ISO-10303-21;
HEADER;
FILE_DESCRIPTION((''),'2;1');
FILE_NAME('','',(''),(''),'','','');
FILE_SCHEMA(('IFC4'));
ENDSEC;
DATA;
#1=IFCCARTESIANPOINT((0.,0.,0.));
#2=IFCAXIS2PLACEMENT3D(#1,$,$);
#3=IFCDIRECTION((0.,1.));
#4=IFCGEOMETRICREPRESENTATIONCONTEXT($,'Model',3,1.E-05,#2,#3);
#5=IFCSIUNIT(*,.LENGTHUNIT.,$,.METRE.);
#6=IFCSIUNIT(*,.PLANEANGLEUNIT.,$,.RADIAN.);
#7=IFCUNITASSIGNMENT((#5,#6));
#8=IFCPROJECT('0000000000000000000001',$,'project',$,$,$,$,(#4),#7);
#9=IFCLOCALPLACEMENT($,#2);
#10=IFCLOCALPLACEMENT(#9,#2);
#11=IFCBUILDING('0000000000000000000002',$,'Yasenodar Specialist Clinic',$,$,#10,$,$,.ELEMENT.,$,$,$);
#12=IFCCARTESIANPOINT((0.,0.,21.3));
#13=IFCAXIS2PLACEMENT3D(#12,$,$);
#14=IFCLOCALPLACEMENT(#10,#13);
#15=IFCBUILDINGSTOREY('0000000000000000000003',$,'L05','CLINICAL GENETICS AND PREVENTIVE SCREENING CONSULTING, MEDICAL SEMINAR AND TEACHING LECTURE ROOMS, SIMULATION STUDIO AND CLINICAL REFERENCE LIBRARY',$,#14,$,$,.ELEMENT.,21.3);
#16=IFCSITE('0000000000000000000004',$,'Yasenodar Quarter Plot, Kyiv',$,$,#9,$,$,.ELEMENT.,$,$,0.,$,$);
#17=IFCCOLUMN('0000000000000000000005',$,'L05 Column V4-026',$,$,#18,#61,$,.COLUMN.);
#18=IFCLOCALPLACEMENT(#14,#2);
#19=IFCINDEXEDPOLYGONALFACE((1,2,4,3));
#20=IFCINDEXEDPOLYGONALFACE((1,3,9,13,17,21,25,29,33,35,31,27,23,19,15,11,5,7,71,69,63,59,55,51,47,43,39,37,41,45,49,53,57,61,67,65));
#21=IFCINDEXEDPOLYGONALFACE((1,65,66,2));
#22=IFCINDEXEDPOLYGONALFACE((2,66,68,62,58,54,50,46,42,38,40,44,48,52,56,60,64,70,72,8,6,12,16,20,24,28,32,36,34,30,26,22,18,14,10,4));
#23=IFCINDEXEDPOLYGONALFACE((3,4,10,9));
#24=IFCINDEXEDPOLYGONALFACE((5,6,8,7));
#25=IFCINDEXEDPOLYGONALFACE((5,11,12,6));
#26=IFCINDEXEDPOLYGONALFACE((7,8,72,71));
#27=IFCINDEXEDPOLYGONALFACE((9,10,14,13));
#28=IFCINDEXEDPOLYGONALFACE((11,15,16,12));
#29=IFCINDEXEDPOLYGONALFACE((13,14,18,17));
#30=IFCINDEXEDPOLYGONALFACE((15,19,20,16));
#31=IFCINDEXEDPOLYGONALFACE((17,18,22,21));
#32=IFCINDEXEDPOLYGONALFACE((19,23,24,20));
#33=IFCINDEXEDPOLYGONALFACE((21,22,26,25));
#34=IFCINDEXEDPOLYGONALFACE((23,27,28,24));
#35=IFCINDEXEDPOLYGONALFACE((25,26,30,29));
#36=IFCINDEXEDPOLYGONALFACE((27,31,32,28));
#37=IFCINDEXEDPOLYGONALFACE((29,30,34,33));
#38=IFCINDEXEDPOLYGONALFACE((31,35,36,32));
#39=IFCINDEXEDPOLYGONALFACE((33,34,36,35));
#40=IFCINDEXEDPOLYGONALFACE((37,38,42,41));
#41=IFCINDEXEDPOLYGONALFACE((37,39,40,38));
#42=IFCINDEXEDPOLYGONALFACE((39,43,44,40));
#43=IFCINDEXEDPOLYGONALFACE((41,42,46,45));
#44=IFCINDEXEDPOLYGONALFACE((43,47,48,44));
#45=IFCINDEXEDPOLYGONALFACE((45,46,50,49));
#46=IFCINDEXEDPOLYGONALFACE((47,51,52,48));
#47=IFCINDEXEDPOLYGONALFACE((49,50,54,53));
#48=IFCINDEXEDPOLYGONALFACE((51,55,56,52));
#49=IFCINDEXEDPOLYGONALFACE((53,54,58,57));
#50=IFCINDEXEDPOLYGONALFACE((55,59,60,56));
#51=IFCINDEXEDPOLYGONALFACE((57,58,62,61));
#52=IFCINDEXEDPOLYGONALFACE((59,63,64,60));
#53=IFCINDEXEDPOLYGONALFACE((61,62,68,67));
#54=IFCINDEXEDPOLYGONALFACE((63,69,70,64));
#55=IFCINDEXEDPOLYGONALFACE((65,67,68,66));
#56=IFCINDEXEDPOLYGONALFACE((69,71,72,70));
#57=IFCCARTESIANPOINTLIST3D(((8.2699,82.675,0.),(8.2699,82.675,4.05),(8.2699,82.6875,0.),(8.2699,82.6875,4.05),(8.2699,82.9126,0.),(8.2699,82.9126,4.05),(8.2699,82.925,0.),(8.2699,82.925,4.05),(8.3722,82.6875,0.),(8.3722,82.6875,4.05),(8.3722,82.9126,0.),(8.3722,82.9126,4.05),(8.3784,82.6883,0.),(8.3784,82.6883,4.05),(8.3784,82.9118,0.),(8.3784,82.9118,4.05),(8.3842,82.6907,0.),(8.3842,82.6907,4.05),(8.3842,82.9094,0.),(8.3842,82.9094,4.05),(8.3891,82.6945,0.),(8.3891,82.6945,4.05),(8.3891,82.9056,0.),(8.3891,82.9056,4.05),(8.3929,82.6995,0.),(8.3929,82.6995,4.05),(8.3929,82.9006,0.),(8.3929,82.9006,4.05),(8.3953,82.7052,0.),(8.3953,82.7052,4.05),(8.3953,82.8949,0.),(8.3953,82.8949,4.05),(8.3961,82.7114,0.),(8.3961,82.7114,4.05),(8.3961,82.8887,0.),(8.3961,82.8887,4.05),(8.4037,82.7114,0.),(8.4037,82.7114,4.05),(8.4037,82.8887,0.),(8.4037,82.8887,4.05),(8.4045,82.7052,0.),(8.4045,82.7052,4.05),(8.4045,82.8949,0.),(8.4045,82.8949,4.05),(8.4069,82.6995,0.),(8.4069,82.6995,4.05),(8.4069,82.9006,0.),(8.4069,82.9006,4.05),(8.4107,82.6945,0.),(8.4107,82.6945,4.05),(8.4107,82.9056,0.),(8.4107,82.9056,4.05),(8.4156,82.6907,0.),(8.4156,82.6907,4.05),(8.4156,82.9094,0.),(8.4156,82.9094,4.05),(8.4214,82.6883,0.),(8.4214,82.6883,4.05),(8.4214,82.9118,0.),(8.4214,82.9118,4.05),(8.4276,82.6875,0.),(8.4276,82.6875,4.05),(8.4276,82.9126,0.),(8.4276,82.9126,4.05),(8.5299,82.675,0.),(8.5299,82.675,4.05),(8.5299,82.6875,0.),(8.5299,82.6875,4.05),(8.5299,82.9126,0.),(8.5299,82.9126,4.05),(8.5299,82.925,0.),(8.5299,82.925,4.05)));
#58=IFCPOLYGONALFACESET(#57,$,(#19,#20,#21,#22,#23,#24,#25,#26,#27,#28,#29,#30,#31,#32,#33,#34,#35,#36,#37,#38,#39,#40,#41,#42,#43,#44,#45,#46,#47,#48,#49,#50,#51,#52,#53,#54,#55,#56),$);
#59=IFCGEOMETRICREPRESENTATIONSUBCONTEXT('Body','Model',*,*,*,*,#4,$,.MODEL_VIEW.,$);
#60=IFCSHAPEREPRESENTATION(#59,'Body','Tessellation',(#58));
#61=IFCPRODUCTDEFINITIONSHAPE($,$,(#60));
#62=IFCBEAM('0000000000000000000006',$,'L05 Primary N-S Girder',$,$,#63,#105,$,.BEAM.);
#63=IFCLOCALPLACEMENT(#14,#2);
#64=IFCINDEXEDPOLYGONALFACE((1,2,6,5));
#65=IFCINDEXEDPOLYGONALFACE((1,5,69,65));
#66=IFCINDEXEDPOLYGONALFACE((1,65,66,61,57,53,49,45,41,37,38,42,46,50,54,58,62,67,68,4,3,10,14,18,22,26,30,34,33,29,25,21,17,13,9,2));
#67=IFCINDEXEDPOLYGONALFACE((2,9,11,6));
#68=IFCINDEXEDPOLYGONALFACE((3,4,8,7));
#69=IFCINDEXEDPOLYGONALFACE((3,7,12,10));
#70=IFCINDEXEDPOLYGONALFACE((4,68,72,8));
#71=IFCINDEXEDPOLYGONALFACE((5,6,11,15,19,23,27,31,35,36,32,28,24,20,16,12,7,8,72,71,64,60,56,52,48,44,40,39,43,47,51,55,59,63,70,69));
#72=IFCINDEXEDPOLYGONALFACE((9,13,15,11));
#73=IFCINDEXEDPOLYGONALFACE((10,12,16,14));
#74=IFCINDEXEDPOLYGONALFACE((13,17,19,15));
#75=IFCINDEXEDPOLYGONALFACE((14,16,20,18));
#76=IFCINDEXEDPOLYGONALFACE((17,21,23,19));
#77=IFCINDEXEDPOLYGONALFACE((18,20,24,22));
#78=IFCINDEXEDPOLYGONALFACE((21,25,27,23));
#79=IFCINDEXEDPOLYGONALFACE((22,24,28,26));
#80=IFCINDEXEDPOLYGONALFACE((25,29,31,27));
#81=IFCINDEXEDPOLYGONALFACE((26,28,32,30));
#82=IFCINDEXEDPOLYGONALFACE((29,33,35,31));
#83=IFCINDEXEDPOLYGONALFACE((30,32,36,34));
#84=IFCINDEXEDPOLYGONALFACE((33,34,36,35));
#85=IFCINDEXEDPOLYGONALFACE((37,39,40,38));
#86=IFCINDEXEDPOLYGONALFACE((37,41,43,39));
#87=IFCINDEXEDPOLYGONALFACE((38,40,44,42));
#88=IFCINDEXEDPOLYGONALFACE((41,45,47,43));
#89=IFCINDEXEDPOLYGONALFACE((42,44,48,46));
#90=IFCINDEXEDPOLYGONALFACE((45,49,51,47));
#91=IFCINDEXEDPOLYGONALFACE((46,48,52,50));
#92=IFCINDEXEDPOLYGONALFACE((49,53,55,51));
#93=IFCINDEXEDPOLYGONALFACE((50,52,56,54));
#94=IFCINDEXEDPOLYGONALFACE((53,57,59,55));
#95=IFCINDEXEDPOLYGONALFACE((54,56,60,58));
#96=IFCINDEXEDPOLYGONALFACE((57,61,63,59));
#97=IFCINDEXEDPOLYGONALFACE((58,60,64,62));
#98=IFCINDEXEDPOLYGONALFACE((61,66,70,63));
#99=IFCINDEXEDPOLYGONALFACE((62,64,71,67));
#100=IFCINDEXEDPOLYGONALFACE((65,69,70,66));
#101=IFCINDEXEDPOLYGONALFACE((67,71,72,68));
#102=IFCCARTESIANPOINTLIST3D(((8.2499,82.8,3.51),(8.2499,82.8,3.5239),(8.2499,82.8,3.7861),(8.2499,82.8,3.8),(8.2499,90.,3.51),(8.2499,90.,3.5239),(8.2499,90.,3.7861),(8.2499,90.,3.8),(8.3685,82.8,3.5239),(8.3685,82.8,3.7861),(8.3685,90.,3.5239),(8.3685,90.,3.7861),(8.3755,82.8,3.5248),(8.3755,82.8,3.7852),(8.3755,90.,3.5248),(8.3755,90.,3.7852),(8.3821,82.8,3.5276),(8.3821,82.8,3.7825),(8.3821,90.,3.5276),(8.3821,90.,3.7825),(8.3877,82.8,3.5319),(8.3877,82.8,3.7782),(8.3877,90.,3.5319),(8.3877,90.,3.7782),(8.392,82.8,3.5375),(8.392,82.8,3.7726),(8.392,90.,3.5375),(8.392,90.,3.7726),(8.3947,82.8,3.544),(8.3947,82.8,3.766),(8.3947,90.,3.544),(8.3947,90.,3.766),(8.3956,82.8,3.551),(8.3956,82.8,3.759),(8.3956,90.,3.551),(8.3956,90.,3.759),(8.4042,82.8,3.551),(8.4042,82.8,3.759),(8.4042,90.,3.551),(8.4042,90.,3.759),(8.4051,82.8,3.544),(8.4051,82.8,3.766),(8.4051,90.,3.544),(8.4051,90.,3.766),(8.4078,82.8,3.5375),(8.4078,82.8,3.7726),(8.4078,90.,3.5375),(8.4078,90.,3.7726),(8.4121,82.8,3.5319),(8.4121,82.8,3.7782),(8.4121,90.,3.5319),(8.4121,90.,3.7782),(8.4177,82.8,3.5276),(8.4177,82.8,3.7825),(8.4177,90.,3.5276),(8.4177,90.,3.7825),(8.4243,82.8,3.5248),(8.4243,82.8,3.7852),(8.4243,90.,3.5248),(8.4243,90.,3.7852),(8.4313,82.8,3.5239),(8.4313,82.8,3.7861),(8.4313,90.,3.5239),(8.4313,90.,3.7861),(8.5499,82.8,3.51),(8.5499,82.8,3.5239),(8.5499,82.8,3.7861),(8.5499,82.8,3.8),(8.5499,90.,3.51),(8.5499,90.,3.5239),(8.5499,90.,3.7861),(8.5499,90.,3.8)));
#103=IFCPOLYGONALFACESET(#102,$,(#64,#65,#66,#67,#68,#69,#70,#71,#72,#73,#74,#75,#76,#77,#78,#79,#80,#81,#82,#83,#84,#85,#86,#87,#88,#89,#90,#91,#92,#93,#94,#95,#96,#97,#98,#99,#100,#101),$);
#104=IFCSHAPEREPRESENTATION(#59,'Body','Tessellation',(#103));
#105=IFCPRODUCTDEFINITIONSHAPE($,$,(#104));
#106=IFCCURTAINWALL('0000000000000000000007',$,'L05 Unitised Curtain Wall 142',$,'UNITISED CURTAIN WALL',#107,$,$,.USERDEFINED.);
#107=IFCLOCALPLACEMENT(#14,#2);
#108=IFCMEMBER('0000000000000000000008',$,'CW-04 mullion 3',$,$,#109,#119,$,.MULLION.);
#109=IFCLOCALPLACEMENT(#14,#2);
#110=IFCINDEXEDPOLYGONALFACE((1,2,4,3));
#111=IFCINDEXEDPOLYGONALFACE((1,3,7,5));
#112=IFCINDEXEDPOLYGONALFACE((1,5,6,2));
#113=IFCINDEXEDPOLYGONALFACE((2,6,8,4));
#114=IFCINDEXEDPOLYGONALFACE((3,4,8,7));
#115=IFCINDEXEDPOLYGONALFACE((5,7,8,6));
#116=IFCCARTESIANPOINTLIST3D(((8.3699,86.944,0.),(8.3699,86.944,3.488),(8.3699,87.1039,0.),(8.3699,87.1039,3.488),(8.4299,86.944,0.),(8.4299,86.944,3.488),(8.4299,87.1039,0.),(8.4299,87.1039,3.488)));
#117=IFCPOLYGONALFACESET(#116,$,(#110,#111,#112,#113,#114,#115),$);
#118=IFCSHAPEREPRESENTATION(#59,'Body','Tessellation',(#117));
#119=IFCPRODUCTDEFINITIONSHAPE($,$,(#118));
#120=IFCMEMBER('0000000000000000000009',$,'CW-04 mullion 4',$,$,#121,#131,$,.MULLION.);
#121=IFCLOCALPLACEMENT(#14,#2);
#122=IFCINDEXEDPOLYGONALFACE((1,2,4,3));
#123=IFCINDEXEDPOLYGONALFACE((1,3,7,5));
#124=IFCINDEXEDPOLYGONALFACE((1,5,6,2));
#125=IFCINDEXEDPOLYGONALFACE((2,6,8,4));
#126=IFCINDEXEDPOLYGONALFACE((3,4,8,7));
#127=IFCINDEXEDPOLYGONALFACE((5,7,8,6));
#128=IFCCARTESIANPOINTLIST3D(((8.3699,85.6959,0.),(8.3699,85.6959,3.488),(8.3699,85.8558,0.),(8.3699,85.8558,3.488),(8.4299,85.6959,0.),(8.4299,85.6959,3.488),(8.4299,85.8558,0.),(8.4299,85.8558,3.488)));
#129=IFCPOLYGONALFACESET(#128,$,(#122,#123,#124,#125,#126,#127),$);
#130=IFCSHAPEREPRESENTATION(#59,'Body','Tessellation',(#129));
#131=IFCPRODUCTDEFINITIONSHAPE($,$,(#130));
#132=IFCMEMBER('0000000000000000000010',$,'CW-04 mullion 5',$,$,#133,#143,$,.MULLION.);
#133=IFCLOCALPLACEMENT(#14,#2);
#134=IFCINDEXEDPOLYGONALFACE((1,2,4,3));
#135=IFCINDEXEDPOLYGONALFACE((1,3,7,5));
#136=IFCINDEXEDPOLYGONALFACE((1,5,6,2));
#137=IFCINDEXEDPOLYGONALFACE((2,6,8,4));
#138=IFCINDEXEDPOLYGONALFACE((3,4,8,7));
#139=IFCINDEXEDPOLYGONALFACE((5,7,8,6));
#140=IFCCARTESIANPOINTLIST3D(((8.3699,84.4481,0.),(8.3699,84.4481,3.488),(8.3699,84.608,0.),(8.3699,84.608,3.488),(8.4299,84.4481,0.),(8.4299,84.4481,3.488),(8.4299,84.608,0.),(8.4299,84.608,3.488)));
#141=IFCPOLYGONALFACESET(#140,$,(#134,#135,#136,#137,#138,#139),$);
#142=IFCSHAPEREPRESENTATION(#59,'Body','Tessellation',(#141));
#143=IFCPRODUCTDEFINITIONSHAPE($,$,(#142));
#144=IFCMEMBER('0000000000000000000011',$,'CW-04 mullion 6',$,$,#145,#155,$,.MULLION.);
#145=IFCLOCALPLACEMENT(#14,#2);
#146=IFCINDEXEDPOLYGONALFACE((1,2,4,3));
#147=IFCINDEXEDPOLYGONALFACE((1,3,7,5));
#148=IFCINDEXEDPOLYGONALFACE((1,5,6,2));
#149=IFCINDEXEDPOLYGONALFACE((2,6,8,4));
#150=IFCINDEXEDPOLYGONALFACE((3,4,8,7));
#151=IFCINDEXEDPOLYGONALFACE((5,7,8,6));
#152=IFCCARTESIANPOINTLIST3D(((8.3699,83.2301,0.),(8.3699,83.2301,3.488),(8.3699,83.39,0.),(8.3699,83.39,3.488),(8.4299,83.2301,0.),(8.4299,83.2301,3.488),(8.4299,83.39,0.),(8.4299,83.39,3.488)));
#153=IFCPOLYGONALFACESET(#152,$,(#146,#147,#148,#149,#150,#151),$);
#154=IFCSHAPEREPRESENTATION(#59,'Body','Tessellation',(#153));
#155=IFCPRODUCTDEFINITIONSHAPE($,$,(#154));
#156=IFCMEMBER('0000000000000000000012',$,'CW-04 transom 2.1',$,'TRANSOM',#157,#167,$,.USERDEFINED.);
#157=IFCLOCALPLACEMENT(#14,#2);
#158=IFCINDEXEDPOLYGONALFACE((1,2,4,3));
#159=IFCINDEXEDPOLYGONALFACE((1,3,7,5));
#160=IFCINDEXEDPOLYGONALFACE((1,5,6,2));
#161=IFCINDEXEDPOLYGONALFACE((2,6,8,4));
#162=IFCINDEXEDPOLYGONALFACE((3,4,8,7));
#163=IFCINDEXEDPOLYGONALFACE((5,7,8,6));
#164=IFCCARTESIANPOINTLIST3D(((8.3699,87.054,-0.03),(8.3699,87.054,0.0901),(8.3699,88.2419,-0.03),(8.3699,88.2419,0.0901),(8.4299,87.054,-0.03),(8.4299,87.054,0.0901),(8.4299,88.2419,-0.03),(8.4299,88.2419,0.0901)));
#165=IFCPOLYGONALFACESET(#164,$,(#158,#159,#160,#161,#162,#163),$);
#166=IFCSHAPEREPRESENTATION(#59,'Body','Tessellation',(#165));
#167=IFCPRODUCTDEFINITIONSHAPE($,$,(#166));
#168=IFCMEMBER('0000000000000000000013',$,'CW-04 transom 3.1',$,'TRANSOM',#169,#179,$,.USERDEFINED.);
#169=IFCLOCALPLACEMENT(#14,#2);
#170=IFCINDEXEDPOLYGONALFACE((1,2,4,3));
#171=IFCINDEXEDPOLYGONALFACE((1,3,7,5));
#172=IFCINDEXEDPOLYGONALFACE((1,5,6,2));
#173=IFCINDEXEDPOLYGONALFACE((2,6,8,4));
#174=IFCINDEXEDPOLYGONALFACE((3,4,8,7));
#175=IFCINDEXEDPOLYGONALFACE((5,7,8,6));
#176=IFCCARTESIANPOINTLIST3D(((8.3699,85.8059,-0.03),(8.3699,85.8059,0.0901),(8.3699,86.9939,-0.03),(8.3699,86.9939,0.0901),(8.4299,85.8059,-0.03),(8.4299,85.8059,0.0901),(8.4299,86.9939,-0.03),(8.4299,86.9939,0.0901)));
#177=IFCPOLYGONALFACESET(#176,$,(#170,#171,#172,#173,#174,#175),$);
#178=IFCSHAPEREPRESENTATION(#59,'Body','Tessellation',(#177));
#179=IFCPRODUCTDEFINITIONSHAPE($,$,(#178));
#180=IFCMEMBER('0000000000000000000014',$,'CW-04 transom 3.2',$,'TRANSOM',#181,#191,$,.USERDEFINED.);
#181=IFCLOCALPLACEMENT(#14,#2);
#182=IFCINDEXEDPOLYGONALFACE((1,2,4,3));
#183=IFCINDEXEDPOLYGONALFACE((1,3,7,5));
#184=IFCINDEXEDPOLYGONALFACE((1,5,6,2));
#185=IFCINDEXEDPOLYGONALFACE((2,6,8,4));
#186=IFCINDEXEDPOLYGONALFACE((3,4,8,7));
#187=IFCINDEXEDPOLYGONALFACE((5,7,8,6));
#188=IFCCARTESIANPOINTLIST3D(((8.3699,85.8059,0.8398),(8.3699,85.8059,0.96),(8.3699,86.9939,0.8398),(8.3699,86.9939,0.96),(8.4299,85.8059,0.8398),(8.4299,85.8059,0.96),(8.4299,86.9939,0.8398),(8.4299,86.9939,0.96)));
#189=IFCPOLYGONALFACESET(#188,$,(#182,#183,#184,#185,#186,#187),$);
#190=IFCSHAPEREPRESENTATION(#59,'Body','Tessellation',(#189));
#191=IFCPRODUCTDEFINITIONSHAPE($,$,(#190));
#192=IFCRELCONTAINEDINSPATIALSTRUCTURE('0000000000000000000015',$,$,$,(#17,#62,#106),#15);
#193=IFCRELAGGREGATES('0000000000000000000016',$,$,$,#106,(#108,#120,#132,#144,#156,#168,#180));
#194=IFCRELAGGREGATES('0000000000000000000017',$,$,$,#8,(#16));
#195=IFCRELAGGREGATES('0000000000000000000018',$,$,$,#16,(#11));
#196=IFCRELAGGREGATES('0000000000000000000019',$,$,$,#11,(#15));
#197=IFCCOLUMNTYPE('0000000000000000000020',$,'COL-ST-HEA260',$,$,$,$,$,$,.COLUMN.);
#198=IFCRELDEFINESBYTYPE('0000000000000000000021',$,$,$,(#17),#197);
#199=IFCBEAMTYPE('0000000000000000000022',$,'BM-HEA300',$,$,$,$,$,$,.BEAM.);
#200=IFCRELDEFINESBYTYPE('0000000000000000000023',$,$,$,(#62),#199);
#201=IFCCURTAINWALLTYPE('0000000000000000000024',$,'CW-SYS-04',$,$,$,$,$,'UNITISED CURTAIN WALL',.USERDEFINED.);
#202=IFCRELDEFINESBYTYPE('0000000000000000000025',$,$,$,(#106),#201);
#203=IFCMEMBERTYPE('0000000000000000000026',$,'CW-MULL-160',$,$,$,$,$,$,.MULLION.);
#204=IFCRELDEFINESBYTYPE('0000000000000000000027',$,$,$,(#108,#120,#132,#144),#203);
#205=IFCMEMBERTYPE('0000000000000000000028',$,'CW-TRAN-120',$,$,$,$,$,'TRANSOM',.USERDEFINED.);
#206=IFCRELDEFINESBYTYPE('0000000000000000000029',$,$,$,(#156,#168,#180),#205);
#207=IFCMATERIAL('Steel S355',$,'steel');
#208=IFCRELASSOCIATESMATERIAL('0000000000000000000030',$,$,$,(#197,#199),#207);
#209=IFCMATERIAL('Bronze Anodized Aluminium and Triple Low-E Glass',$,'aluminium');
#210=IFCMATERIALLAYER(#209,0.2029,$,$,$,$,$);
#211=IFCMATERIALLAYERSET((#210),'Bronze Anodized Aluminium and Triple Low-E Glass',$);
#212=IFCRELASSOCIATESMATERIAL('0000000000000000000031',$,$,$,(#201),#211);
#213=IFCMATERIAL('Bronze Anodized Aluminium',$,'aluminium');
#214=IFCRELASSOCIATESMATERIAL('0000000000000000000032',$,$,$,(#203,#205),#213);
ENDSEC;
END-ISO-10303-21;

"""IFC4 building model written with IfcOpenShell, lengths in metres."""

from ifc_helpers import new_model, si_unit, direction, frame, origin, origin_2d, place, context, subcontext, project, spatial, rectangle, i_section, extrude, material, layer, layer_set, material_profile, profile_set, type_object, element, aggregate, save


model = new_model("IFC4")

# Units and contexts
model_context = context("Model", 3, precision=1e-05, world=origin(), true_north=direction((0.0, 1.0)))
body_context = subcontext(model_context, "Body", "Model", "MODEL_VIEW")
ifc_project = project(units=[si_unit("LENGTHUNIT", "METRE"), si_unit("PLANEANGLEUNIT", "RADIAN")], contexts=[model_context])

# Site, building, storey
site_placement = place(None, origin())
site = spatial("IfcSite", under=ifc_project, at=site_placement, Name="Yasenodar Quarter Plot, Kyiv", CompositionType="ELEMENT", RefElevation=0.0)
building_placement = place(site_placement, origin())
building = spatial("IfcBuilding", under=site, at=building_placement, Name="Yasenodar Specialist Clinic", CompositionType="ELEMENT")
storey_placement = place(building_placement, frame((0.0, 0.0, 21.3)))
storey = spatial("IfcBuildingStorey", under=building, at=storey_placement, Name="L05", Description="CLINICAL GENETICS AND PREVENTIVE SCREENING CONSULTING, MEDICAL SEMINAR AND TEACHING LECTURE ROOMS, SIMULATION STUDIO AND CLINICAL REFERENCE LIBRARY", CompositionType="ELEMENT", Elevation=21.3)

# Column
ifc_material_1 = material(Name="Steel S355", Category="steel")
ifc_material_profile_1 = material_profile(ifc_material_1, i_section(OverallWidth=0.26, OverallDepth=0.25, WebThickness=0.0076, FlangeThickness=0.0125, FilletRadius=0.0239, at=origin_2d()), Name="HEA 260")
ifc_profile_set_1 = profile_set([ifc_material_profile_1], Name="Steel S355")
column_type = type_object("IfcColumnType", Name="COL-ST-HEA260", PredefinedType="COLUMN", material=ifc_profile_set_1)
column_placement = place(storey_placement, frame((8.3999, 82.8, 0.0), z_axis=(0.0, 0.0, 1.0), x_axis=(1.0, 0.0, 0.0)))
element("IfcColumn", 1, at=column_placement, inside=storey, type_object=column_type, Name="L05 Column V4-026", PredefinedType="COLUMN", context=body_context, shape_type="SweptSolid", body=[
    extrude(i_section(OverallWidth=0.26, OverallDepth=0.25, WebThickness=0.0076, FlangeThickness=0.0125, FilletRadius=0.0239, at=origin_2d()), origin(), (0.0, 0.0, 1.0), 4.05),
])

# Beam
ifc_material_profile_2 = material_profile(ifc_material_1, i_section(OverallWidth=0.3, OverallDepth=0.29, WebThickness=0.0085, FlangeThickness=0.0139, FilletRadius=0.0271, at=origin_2d()), Name="HEA 300")
ifc_profile_set_2 = profile_set([ifc_material_profile_2], Name="Steel S355")
beam_type = type_object("IfcBeamType", Name="BM-HEA300", PredefinedType="BEAM", material=ifc_profile_set_2)
beam_placement = place(storey_placement, frame((8.3999, 82.8, 3.655), z_axis=(0.0, 1.0, 0.0), x_axis=(-1.0, 0.0, 0.0)))
element("IfcBeam", 2, at=beam_placement, inside=storey, type_object=beam_type, Name="L05 Primary N-S Girder", PredefinedType="BEAM", context=body_context, shape_type="SweptSolid", body=[
    extrude(i_section(OverallWidth=0.3, OverallDepth=0.29, WebThickness=0.0085, FlangeThickness=0.0139, FilletRadius=0.0271, at=origin_2d()), origin(), (0.0, 0.0, 1.0), 7.2),
])

# Curtain wall, members
ifc_material_2 = material(Name="Bronze Anodized Aluminium and Triple Low-E Glass", Category="aluminium")
ifc_layer_1 = layer(ifc_material_2, 0.2029)
ifc_layer_set_1 = layer_set([ifc_layer_1], Name="Bronze Anodized Aluminium and Triple Low-E Glass")
curtain_wall_type = type_object("IfcCurtainWallType", Name="CW-SYS-04", ElementType="UNITISED CURTAIN WALL", PredefinedType="USERDEFINED", material=ifc_layer_set_1)
curtain_wall_placement = place(storey_placement, origin())
curtain_wall = element("IfcCurtainWall", 3, at=curtain_wall_placement, inside=storey, type_object=curtain_wall_type, Name="L05 Unitised Curtain Wall 142", ObjectType="UNITISED CURTAIN WALL", PredefinedType="USERDEFINED")
ifc_material_3 = material(Name="Bronze Anodized Aluminium", Category="aluminium")
ifc_material_profile_3 = material_profile(ifc_material_3, rectangle(XDim=0.0601, YDim=0.1599, at=origin_2d()), Name="CW-MULL 60x160")
ifc_profile_set_3 = profile_set([ifc_material_profile_3], Name="Bronze Anodized Aluminium")
member_type_1 = type_object("IfcMemberType", Name="CW-MULL-160", PredefinedType="MULLION", material=ifc_profile_set_3)
member_1_placement = place(storey_placement, frame((8.3999, 87.0239, 0.0), z_axis=(0.0, 0.0, 1.0), x_axis=(1.0, 0.0, 0.0)))
member_1 = element("IfcMember", 4, at=member_1_placement, type_object=member_type_1, Name="CW-04 mullion 3", PredefinedType="MULLION", context=body_context, shape_type="SweptSolid", body=[
    extrude(rectangle(XDim=0.0601, YDim=0.1599, at=origin_2d()), origin(), (0.0, 0.0, 1.0), 3.488),
])
member_2_placement = place(storey_placement, frame((8.3999, 85.7759, 0.0), z_axis=(0.0, 0.0, 1.0), x_axis=(1.0, 0.0, 0.0)))
member_2 = element("IfcMember", 5, at=member_2_placement, type_object=member_type_1, Name="CW-04 mullion 4", PredefinedType="MULLION", context=body_context, shape_type="SweptSolid", body=[
    extrude(rectangle(XDim=0.0601, YDim=0.1599, at=origin_2d()), origin(), (0.0, 0.0, 1.0), 3.488),
])
member_3_placement = place(storey_placement, frame((8.3999, 84.5281, 0.0), z_axis=(0.0, 0.0, 1.0), x_axis=(1.0, 0.0, 0.0)))
member_3 = element("IfcMember", 6, at=member_3_placement, type_object=member_type_1, Name="CW-04 mullion 5", PredefinedType="MULLION", context=body_context, shape_type="SweptSolid", body=[
    extrude(rectangle(XDim=0.0601, YDim=0.1599, at=origin_2d()), origin(), (0.0, 0.0, 1.0), 3.488),
])
member_4_placement = place(storey_placement, frame((8.3999, 83.3101, 0.0), z_axis=(0.0, 0.0, 1.0), x_axis=(1.0, 0.0, 0.0)))
member_4 = element("IfcMember", 7, at=member_4_placement, type_object=member_type_1, Name="CW-04 mullion 6", PredefinedType="MULLION", context=body_context, shape_type="SweptSolid", body=[
    extrude(rectangle(XDim=0.0601, YDim=0.1599, at=origin_2d()), origin(), (0.0, 0.0, 1.0), 3.488),
])
ifc_material_profile_4 = material_profile(ifc_material_3, rectangle(XDim=0.0601, YDim=0.1201, at=origin_2d()), Name="CW-TRAN 60x120")
ifc_profile_set_4 = profile_set([ifc_material_profile_4], Name="Bronze Anodized Aluminium")
member_type_2 = type_object("IfcMemberType", Name="CW-TRAN-120", ElementType="TRANSOM", PredefinedType="USERDEFINED", material=ifc_profile_set_4)
member_5_placement = place(storey_placement, frame((8.3999, 88.2419, 0.03), z_axis=(0.0, -1.0, 0.0), x_axis=(1.0, 0.0, 0.0)))
member_5 = element("IfcMember", 8, at=member_5_placement, type_object=member_type_2, Name="CW-04 transom 2.1", ObjectType="TRANSOM", PredefinedType="USERDEFINED", context=body_context, shape_type="SweptSolid", body=[
    extrude(rectangle(XDim=0.0601, YDim=0.1201, at=origin_2d()), origin(), (0.0, 0.0, 1.0), 1.188),
])
member_6_placement = place(storey_placement, frame((8.3999, 86.9939, 0.03), z_axis=(0.0, -1.0, 0.0), x_axis=(1.0, 0.0, 0.0)))
member_6 = element("IfcMember", 9, at=member_6_placement, type_object=member_type_2, Name="CW-04 transom 3.1", ObjectType="TRANSOM", PredefinedType="USERDEFINED", context=body_context, shape_type="SweptSolid", body=[
    extrude(rectangle(XDim=0.0601, YDim=0.1201, at=origin_2d()), origin(), (0.0, 0.0, 1.0), 1.188),
])
member_7_placement = place(storey_placement, frame((8.3999, 86.9939, 0.8999), z_axis=(0.0, -1.0, 0.0), x_axis=(1.0, 0.0, 0.0)))
member_7 = element("IfcMember", 10, at=member_7_placement, type_object=member_type_2, Name="CW-04 transom 3.2", ObjectType="TRANSOM", PredefinedType="USERDEFINED", context=body_context, shape_type="SweptSolid", body=[
    extrude(rectangle(XDim=0.0601, YDim=0.1201, at=origin_2d()), origin(), (0.0, 0.0, 1.0), 1.188),
])
aggregate(curtain_wall, [member_1, member_2, member_3, member_4, member_5, member_6, member_7])

save(model, "model.ifc")
